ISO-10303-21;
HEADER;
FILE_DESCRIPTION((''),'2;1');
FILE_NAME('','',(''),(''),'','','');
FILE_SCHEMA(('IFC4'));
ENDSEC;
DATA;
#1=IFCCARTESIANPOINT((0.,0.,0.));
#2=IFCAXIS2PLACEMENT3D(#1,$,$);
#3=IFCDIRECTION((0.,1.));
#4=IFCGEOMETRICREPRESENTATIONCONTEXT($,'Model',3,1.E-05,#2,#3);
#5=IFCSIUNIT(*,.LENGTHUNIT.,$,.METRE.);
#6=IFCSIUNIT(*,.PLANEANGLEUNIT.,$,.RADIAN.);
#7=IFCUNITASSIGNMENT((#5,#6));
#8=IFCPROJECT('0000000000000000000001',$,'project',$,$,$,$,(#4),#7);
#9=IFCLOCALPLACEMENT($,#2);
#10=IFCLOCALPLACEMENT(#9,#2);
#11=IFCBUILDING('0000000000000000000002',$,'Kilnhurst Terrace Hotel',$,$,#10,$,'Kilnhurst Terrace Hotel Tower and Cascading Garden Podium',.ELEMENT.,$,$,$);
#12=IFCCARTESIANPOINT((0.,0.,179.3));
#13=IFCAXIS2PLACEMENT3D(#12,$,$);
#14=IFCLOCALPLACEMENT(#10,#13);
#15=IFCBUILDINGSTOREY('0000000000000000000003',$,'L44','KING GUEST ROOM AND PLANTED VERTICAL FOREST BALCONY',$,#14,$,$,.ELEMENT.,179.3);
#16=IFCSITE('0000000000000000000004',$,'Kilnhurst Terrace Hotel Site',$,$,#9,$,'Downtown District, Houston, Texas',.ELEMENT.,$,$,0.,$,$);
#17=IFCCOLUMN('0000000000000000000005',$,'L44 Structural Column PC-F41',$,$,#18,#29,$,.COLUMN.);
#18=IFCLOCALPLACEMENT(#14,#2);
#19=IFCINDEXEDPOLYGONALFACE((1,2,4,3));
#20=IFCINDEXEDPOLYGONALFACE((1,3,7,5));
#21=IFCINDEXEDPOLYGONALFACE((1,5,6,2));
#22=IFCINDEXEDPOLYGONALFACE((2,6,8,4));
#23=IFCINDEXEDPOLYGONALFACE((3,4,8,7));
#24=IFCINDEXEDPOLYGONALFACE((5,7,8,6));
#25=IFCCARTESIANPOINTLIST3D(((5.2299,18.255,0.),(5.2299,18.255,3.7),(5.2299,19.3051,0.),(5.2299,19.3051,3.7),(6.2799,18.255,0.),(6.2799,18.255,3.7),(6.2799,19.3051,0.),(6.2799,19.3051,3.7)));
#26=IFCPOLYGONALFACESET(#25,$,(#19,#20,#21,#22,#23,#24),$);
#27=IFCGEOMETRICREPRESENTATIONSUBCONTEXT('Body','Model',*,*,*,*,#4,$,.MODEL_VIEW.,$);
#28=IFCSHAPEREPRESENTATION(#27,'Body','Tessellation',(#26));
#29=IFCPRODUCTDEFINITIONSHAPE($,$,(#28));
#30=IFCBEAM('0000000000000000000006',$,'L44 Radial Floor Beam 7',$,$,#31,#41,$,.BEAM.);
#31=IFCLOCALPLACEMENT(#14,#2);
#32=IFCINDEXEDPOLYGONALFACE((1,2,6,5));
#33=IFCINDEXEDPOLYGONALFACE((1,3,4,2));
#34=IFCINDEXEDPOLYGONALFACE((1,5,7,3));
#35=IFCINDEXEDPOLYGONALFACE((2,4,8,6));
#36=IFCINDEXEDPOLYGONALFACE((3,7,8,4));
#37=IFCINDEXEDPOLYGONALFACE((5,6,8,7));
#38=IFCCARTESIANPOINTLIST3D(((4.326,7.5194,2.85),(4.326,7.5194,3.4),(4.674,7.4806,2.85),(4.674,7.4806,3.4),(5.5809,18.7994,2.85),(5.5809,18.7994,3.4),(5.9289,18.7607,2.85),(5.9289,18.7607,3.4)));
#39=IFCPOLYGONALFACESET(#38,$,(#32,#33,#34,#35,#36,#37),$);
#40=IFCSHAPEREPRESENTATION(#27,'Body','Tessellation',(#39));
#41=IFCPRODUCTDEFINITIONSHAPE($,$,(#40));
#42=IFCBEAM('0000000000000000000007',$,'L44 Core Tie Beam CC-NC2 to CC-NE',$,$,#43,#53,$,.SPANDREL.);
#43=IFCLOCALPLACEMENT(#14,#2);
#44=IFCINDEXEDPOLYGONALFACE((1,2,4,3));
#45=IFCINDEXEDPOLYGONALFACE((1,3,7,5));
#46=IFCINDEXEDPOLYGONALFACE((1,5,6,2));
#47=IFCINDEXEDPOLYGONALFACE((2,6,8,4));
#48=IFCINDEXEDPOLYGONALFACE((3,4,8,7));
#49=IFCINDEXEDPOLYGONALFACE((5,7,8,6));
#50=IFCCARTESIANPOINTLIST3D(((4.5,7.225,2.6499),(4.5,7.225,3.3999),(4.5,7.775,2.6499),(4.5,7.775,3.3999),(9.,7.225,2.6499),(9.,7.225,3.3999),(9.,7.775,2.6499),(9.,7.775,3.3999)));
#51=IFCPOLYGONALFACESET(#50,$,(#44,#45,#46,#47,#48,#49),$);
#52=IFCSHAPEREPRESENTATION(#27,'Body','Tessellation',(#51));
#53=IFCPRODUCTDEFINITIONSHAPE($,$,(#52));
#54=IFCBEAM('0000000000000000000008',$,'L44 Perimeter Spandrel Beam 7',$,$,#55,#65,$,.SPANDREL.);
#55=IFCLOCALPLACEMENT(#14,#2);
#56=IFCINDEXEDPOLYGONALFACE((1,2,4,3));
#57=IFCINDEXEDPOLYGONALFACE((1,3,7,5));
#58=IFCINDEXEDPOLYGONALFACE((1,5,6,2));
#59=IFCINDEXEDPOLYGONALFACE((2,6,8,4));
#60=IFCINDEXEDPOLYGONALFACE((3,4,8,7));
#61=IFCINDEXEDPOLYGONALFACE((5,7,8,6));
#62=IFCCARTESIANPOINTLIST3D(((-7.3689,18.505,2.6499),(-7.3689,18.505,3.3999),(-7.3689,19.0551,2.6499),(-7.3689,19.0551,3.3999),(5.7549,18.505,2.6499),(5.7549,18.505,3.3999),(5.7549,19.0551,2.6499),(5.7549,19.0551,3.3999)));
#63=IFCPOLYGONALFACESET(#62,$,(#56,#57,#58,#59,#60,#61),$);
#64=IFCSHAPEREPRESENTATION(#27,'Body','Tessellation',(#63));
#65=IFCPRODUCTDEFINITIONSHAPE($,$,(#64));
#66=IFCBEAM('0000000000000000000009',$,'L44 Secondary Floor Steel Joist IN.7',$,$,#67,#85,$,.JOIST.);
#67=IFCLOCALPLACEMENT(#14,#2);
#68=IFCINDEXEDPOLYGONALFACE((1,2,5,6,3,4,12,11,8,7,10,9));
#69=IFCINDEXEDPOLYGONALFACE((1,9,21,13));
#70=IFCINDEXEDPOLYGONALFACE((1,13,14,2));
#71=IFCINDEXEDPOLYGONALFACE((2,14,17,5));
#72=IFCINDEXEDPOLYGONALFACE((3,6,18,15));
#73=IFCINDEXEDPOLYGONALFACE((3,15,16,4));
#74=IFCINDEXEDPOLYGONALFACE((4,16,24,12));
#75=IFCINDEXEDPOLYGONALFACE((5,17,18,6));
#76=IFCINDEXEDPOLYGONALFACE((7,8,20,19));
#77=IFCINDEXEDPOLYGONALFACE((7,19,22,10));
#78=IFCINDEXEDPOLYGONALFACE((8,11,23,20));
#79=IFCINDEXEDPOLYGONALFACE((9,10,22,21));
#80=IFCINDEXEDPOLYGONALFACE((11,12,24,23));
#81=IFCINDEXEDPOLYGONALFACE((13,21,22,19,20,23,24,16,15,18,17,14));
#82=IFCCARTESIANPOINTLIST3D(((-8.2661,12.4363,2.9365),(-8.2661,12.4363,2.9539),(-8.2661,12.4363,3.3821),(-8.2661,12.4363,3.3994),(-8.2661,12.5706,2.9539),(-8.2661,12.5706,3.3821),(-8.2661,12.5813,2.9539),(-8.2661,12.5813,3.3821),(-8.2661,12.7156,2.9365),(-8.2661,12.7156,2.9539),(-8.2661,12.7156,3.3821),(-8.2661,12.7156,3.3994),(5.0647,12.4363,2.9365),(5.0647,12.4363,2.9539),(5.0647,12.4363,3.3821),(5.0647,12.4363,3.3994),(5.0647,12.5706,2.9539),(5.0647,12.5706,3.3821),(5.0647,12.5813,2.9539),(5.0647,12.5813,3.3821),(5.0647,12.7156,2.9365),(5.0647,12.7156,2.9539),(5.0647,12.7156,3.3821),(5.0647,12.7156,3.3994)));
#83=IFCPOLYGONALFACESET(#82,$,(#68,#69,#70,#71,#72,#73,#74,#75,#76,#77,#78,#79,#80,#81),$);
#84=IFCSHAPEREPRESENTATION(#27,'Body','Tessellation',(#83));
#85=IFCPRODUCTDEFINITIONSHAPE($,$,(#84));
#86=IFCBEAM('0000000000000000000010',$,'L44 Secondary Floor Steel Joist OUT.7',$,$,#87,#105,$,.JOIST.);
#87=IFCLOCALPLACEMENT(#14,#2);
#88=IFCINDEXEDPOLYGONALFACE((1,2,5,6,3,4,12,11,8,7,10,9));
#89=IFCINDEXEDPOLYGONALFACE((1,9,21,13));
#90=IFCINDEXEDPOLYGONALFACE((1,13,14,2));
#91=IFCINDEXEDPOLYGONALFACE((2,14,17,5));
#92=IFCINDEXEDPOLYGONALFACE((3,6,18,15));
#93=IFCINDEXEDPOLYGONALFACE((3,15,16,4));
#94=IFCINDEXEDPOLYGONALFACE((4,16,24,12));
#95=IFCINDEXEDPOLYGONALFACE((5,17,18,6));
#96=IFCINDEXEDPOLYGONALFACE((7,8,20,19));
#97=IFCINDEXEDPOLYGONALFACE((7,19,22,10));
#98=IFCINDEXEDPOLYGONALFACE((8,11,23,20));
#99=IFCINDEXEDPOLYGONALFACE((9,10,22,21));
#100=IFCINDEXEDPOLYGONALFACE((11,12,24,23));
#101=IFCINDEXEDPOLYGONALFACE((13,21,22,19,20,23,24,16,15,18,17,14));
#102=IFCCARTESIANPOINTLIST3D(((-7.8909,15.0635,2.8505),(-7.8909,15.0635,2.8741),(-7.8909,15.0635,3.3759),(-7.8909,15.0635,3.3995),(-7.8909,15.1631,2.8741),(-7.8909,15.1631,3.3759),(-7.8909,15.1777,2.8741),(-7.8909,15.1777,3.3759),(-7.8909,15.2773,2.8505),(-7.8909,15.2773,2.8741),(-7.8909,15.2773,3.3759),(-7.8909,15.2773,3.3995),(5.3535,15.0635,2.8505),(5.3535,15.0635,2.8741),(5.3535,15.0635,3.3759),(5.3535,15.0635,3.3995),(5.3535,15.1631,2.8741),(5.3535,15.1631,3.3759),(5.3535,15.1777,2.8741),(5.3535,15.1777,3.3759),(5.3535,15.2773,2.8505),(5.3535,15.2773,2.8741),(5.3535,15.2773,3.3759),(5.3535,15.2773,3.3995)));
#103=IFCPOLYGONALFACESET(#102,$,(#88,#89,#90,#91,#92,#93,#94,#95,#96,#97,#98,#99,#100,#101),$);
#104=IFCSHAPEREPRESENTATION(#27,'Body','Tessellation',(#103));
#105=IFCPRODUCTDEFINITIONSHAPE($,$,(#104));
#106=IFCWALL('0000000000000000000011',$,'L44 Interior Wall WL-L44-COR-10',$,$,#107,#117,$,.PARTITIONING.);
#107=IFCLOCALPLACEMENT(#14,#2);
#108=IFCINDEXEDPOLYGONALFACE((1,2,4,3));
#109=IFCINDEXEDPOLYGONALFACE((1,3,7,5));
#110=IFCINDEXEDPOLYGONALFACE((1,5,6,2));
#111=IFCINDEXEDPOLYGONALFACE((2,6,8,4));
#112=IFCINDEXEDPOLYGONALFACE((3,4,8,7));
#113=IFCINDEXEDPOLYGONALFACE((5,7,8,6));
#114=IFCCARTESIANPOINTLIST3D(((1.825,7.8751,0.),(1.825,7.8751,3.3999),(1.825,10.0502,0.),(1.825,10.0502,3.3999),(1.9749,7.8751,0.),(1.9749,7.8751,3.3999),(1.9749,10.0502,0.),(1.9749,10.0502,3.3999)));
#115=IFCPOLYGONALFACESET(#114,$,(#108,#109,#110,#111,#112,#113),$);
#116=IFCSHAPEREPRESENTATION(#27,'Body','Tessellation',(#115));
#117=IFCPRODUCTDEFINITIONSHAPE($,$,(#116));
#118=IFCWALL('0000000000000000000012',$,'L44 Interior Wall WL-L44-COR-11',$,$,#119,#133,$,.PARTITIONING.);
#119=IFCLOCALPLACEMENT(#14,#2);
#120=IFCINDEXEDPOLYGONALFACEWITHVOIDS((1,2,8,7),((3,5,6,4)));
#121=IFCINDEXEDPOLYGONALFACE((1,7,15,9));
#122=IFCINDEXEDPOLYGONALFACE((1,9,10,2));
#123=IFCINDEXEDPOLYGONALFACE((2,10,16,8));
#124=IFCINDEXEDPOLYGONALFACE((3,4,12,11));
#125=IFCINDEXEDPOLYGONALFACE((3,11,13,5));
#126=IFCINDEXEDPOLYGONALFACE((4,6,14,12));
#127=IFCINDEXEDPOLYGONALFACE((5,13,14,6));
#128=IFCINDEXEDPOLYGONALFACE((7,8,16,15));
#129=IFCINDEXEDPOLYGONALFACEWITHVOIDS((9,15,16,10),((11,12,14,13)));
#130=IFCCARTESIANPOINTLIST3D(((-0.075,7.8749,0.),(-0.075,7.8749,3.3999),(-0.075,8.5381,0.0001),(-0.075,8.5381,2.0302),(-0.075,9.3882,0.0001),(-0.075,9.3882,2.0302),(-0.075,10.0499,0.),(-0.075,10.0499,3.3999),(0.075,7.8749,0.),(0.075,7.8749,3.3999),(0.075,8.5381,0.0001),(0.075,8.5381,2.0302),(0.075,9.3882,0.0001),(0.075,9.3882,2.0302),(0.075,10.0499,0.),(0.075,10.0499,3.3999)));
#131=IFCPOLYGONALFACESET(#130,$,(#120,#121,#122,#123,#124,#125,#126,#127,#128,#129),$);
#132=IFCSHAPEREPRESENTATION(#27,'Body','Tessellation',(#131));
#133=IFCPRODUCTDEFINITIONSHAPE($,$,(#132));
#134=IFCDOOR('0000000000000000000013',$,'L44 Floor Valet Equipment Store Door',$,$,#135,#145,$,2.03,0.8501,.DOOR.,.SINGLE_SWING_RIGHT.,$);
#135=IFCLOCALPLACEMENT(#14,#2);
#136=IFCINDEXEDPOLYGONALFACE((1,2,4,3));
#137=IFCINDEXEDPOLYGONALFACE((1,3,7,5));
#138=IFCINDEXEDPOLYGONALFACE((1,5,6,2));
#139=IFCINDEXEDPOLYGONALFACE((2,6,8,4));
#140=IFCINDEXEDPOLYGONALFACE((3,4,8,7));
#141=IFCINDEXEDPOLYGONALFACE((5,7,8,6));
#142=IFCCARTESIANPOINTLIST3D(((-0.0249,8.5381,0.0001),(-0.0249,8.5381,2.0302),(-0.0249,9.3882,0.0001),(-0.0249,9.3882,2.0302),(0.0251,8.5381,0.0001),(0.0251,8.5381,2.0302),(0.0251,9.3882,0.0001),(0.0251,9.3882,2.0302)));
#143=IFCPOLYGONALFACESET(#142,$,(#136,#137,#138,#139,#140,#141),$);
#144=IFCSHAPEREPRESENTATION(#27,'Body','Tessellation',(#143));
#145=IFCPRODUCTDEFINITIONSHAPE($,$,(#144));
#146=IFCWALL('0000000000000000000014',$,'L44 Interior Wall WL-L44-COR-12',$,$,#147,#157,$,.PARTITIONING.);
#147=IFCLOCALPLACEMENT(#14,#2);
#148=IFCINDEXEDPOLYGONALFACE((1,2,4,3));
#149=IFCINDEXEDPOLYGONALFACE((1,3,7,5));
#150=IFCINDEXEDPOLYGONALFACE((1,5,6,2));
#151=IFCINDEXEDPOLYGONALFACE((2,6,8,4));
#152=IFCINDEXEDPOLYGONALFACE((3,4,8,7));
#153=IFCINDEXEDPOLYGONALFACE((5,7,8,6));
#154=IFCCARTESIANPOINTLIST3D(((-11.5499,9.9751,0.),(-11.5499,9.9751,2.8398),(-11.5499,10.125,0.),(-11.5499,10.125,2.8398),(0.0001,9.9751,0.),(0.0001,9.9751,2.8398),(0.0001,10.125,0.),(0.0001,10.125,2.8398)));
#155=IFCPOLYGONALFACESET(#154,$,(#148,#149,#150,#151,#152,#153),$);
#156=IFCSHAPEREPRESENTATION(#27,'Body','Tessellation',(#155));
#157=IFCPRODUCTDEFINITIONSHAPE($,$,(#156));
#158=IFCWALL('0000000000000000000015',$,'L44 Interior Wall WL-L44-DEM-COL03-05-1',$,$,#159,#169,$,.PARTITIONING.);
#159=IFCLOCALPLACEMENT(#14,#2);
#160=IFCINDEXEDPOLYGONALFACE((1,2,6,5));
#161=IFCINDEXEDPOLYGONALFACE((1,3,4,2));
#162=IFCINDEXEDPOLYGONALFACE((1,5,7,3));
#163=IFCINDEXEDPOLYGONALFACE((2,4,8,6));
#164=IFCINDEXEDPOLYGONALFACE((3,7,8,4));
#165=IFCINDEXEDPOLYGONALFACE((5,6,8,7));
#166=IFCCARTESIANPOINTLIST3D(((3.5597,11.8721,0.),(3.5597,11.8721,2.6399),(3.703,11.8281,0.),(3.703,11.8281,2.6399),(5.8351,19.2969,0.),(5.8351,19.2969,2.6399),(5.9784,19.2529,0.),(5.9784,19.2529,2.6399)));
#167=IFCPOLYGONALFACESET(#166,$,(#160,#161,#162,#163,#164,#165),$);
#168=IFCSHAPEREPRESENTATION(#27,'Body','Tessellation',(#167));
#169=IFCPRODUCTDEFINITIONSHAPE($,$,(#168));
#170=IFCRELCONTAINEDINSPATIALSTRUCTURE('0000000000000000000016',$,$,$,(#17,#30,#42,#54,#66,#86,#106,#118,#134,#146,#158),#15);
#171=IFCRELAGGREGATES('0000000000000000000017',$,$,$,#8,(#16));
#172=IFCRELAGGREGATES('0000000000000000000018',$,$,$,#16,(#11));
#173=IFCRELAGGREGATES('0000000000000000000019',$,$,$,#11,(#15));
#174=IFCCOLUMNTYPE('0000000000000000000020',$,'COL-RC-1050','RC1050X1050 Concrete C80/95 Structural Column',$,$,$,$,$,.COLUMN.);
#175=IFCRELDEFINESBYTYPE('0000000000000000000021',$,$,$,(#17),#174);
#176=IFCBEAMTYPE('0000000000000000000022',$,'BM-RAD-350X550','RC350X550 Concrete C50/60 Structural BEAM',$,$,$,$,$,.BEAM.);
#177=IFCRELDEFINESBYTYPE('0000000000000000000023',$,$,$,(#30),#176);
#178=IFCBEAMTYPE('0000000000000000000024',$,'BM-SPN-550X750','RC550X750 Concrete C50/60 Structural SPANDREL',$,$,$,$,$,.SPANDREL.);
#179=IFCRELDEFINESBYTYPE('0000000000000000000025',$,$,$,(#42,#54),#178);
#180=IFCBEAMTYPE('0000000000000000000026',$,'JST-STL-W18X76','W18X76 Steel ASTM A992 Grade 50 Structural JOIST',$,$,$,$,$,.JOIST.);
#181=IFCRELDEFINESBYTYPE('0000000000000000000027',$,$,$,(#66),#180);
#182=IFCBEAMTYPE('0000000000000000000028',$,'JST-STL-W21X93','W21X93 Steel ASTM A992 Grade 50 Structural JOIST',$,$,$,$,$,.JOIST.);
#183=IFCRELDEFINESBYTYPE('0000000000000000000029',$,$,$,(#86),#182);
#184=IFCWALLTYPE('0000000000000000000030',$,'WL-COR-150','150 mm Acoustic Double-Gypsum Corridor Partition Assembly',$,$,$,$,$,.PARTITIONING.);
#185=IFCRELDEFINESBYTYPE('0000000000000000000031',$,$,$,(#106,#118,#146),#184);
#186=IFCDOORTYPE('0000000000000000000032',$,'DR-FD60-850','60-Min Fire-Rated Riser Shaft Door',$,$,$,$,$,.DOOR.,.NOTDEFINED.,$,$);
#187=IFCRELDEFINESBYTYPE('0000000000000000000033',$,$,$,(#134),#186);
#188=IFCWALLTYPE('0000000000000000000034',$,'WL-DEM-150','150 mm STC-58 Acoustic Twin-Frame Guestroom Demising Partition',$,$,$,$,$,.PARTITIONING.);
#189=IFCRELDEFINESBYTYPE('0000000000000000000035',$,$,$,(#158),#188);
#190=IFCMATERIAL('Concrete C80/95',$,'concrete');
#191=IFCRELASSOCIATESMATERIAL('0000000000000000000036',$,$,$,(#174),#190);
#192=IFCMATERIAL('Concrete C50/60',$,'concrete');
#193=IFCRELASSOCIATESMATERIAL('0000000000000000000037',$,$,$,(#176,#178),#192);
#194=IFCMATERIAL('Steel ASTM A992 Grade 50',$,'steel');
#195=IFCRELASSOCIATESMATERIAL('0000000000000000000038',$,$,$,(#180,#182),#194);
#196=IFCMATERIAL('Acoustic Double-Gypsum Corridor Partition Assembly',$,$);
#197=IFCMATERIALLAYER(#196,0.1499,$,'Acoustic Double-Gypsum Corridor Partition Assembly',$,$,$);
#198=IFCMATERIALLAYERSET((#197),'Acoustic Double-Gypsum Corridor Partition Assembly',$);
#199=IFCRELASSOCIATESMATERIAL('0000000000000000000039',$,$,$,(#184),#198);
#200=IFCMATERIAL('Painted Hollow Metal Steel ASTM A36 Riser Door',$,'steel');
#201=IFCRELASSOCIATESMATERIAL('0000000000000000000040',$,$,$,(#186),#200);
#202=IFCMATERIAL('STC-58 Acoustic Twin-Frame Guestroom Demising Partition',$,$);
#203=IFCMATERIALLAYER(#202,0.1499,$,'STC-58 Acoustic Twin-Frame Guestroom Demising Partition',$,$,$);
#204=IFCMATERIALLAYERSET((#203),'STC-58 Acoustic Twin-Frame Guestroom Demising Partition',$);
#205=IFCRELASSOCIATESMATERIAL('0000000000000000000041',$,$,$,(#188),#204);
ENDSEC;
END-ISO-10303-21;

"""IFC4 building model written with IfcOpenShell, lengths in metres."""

from ifc_helpers import new_model, si_unit, direction, frame, frame_2d, origin, origin_2d, place, context, subcontext, project, spatial, rectangle, i_section, extrude, material, layer, layer_set, material_profile, profile_set, type_object, element, fill, save


model = new_model("IFC4")

# Units and contexts
model_context = context("Model", 3, precision=1e-05, world=origin(), true_north=direction((0.0, 1.0)))
body_context = subcontext(model_context, "Body", "Model", "MODEL_VIEW")
ifc_project = project(units=[si_unit("LENGTHUNIT", "METRE"), si_unit("PLANEANGLEUNIT", "RADIAN")], contexts=[model_context])

# Site, building, storey
site_placement = place(None, origin())
site = spatial("IfcSite", under=ifc_project, at=site_placement, Name="Kilnhurst Terrace Hotel Site", LongName="Downtown District, Houston, Texas", CompositionType="ELEMENT", RefElevation=0.0)
building_placement = place(site_placement, origin())
building = spatial("IfcBuilding", under=site, at=building_placement, Name="Kilnhurst Terrace Hotel", LongName="Kilnhurst Terrace Hotel Tower and Cascading Garden Podium", CompositionType="ELEMENT")
storey_placement = place(building_placement, frame((0.0, 0.0, 179.3)))
storey = spatial("IfcBuildingStorey", under=building, at=storey_placement, Name="L44", Description="KING GUEST ROOM AND PLANTED VERTICAL FOREST BALCONY", CompositionType="ELEMENT", Elevation=179.3)

# Column
ifc_material_1 = material(Name="Concrete C80/95", Category="concrete")
ifc_material_profile_1 = material_profile(ifc_material_1, rectangle(XDim=1.05, YDim=1.05, at=origin_2d()), Name="RC1050X1050")
ifc_profile_set_1 = profile_set([ifc_material_profile_1], Name="Concrete C80/95")
column_type = type_object("IfcColumnType", Name="COL-RC-1050", Description="RC1050X1050 Concrete C80/95 Structural Column", PredefinedType="COLUMN", material=ifc_profile_set_1)
column_placement = place(storey_placement, frame((5.7549, 18.78, 0.0), z_axis=(0.0, 0.0, 1.0), x_axis=(1.0, 0.0, 0.0)))
element("IfcColumn", 1, at=column_placement, inside=storey, type_object=column_type, Name="L44 Structural Column PC-F41", PredefinedType="COLUMN", context=body_context, shape_type="SweptSolid", body=[
    extrude(rectangle(XDim=1.05, YDim=1.05, at=origin_2d()), origin(), (0.0, 0.0, 1.0), 3.7),
])

# Beams
ifc_material_2 = material(Name="Concrete C50/60", Category="concrete")
ifc_material_profile_2 = material_profile(ifc_material_2, rectangle(XDim=0.3501, YDim=0.55, at=origin_2d()), Name="RC350X550")
ifc_profile_set_2 = profile_set([ifc_material_profile_2], Name="Concrete C50/60")
beam_type_1 = type_object("IfcBeamType", Name="BM-RAD-350X550", Description="RC350X550 Concrete C50/60 Structural BEAM", PredefinedType="BEAM", material=ifc_profile_set_2)
beam_1_placement = place(storey_placement, frame((4.5, 7.5, 3.125), z_axis=(0.110566, 0.993869, 0.0), x_axis=(-0.993869, 0.110566, 0.0)))
element("IfcBeam", 2, at=beam_1_placement, inside=storey, type_object=beam_type_1, Name="L44 Radial Floor Beam 7", PredefinedType="BEAM", context=body_context, shape_type="SweptSolid", body=[
    extrude(rectangle(XDim=0.3501, YDim=0.55, at=origin_2d()), origin(), (0.0, 0.0, 1.0), 11.3496),
])
ifc_material_profile_3 = material_profile(ifc_material_2, rectangle(XDim=0.55, YDim=0.75, at=origin_2d()), Name="RC550X750")
ifc_profile_set_3 = profile_set([ifc_material_profile_3], Name="Concrete C50/60")
beam_type_2 = type_object("IfcBeamType", Name="BM-SPN-550X750", Description="RC550X750 Concrete C50/60 Structural SPANDREL", PredefinedType="SPANDREL", material=ifc_profile_set_3)
beam_2_placement = place(storey_placement, frame((4.5, 7.5, 3.0249), z_axis=(1.0, 0.0, 0.0), x_axis=(0.0, 1.0, 0.0)))
element("IfcBeam", 3, at=beam_2_placement, inside=storey, type_object=beam_type_2, Name="L44 Core Tie Beam CC-NC2 to CC-NE", PredefinedType="SPANDREL", context=body_context, shape_type="SweptSolid", body=[
    extrude(rectangle(XDim=0.55, YDim=0.75, at=origin_2d()), origin(), (0.0, 0.0, 1.0), 4.5),
])
beam_3_placement = place(storey_placement, frame((5.7549, 18.78, 3.0249), z_axis=(-1.0, 0.0, 0.0), x_axis=(0.0, -1.0, 0.0)))
element("IfcBeam", 4, at=beam_3_placement, inside=storey, type_object=beam_type_2, Name="L44 Perimeter Spandrel Beam 7", PredefinedType="SPANDREL", context=body_context, shape_type="SweptSolid", body=[
    extrude(rectangle(XDim=0.55, YDim=0.75, at=origin_2d()), origin(), (0.0, 0.0, 1.0), 13.1238),
])
ifc_material_3 = material(Name="Steel ASTM A992 Grade 50", Category="steel")
ifc_material_profile_4 = material_profile(ifc_material_3, i_section(OverallWidth=0.2793, OverallDepth=0.4629, WebThickness=0.0107, FlangeThickness=0.0173, at=origin_2d()), Name="W18X76")
ifc_profile_set_4 = profile_set([ifc_material_profile_4], Name="Steel ASTM A992 Grade 50")
beam_type_3 = type_object("IfcBeamType", Name="JST-STL-W18X76", Description="W18X76 Steel ASTM A992 Grade 50 Structural JOIST", PredefinedType="JOIST", material=ifc_profile_set_4)
beam_4_placement = place(storey_placement, frame((5.0647, 12.5759, 3.168), z_axis=(-1.0, 0.0, 0.0), x_axis=(0.0, -1.0, 0.0)))
element("IfcBeam", 5, at=beam_4_placement, inside=storey, type_object=beam_type_3, Name="L44 Secondary Floor Steel Joist IN.7", PredefinedType="JOIST", context=body_context, shape_type="SweptSolid", body=[
    extrude(i_section(OverallWidth=0.2793, OverallDepth=0.4629, WebThickness=0.0107, FlangeThickness=0.0173, at=origin_2d()), origin(), (0.0, 0.0, 1.0), 13.3308),
])
ifc_material_profile_5 = material_profile(ifc_material_3, i_section(OverallWidth=0.2139, OverallDepth=0.5491, WebThickness=0.0146, FlangeThickness=0.0237, at=origin_2d()), Name="W21X93")
ifc_profile_set_5 = profile_set([ifc_material_profile_5], Name="Steel ASTM A992 Grade 50")
beam_type_4 = type_object("IfcBeamType", Name="JST-STL-W21X93", Description="W21X93 Steel ASTM A992 Grade 50 Structural JOIST", PredefinedType="JOIST", material=ifc_profile_set_5)
beam_5_placement = place(storey_placement, frame((5.3535, 15.1704, 3.125), z_axis=(-1.0, 0.0, 0.0), x_axis=(0.0, -1.0, 0.0)))
element("IfcBeam", 6, at=beam_5_placement, inside=storey, type_object=beam_type_4, Name="L44 Secondary Floor Steel Joist OUT.7", PredefinedType="JOIST", context=body_context, shape_type="SweptSolid", body=[
    extrude(i_section(OverallWidth=0.2139, OverallDepth=0.5491, WebThickness=0.0146, FlangeThickness=0.0237, at=origin_2d()), origin(), (0.0, 0.0, 1.0), 13.2444),
])

# Wall
ifc_material_4 = material(Name="Acoustic Double-Gypsum Corridor Partition Assembly")
ifc_layer_1 = layer(ifc_material_4, 0.1499, Name="Acoustic Double-Gypsum Corridor Partition Assembly")
ifc_layer_set_1 = layer_set([ifc_layer_1], Name="Acoustic Double-Gypsum Corridor Partition Assembly")
wall_type_1 = type_object("IfcWallType", Name="WL-COR-150", Description="150 mm Acoustic Double-Gypsum Corridor Partition Assembly", PredefinedType="PARTITIONING", material=ifc_layer_set_1)
wall_1_placement = place(storey_placement, frame((1.8999, 10.05, 0.0), z_axis=(0.0, 0.0, 1.0), x_axis=(0.0, -1.0, 0.0)))
element("IfcWall", 7, at=wall_1_placement, inside=storey, type_object=wall_type_1, Name="L44 Interior Wall WL-L44-COR-10", PredefinedType="PARTITIONING", context=body_context, shape_type="SweptSolid", body=[
    extrude(rectangle(XDim=2.175, YDim=0.1499, at=frame_2d((1.0874, 0.0))), origin(), (0.0, 0.0, 1.0), 3.3999),
])

# Wall, opening, door
wall_2_placement = place(storey_placement, frame((0.0, 7.875, 0.0), z_axis=(0.0, 0.0, 1.0), x_axis=(0.0, 1.0, 0.0)))
wall_2 = element("IfcWall", 8, at=wall_2_placement, inside=storey, type_object=wall_type_1, Name="L44 Interior Wall WL-L44-COR-11", PredefinedType="PARTITIONING", context=body_context, shape_type="SweptSolid", body=[
    extrude(rectangle(XDim=2.175, YDim=0.1499, at=frame_2d((1.0874, 0.0))), origin(), (0.0, 0.0, 1.0), 3.3999),
])
opening_1_placement = place(wall_2_placement, frame((0.6631, 0.0, 0.0)))
opening_1 = element("IfcOpeningElement", 9, at=opening_1_placement, cuts=wall_2, PredefinedType="OPENING", context=body_context, shape_type="SweptSolid", body=[
    extrude(rectangle(XDim=0.8501, YDim=2.03, at=frame_2d((0.425, 1.0151))), frame((0.0, 0.085, 0.0), z_axis=(0.0, -1.0, 0.0), x_axis=(1.0, 0.0, 0.0)), (0.0, 0.0, 1.0), 0.1699),
])
ifc_material_5 = material(Name="Painted Hollow Metal Steel ASTM A36 Riser Door", Category="steel")
door_type_1 = type_object("IfcDoorType", Name="DR-FD60-850", Description="60-Min Fire-Rated Riser Shaft Door", OperationType="NOTDEFINED", PredefinedType="DOOR", material=ifc_material_5)
door_1_placement = place(opening_1_placement, origin())
door_1 = element("IfcDoor", 10, at=door_1_placement, inside=storey, type_object=door_type_1, Name="L44 Floor Valet Equipment Store Door", OperationType="SINGLE_SWING_RIGHT", OverallHeight=2.03, OverallWidth=0.8501, PredefinedType="DOOR", context=body_context, shape_type="SweptSolid", body=[
    extrude(rectangle(XDim=0.8501, YDim=2.03, at=frame_2d((0.425, 1.0151))), frame((0.0, 0.0249, 0.0), z_axis=(0.0, -1.0, 0.0), x_axis=(1.0, 0.0, 0.0)), (0.0, 0.0, 1.0), 0.05),
])
fill(opening_1, door_1)

# Walls
wall_3_placement = place(storey_placement, frame((0.0, 10.05, 0.0), z_axis=(0.0, 0.0, 1.0), x_axis=(-1.0, 0.0, 0.0)))
element("IfcWall", 11, at=wall_3_placement, inside=storey, type_object=wall_type_1, Name="L44 Interior Wall WL-L44-COR-12", PredefinedType="PARTITIONING", context=body_context, shape_type="SweptSolid", body=[
    extrude(rectangle(XDim=11.55, YDim=0.1499, at=frame_2d((5.7749, 0.0))), origin(), (0.0, 0.0, 1.0), 2.8398),
])
ifc_material_6 = material(Name="STC-58 Acoustic Twin-Frame Guestroom Demising Partition")
ifc_layer_2 = layer(ifc_material_6, 0.1499, Name="STC-58 Acoustic Twin-Frame Guestroom Demising Partition")
ifc_layer_set_2 = layer_set([ifc_layer_2], Name="STC-58 Acoustic Twin-Frame Guestroom Demising Partition")
wall_type_2 = type_object("IfcWallType", Name="WL-DEM-150", Description="150 mm STC-58 Acoustic Twin-Frame Guestroom Demising Partition", PredefinedType="PARTITIONING", material=ifc_layer_set_2)
wall_4_placement = place(storey_placement, frame((3.6313, 11.8501, 0.0), z_axis=(0.0, 0.0, 1.0), x_axis=(0.293008, 0.95611, 0.0)))
element("IfcWall", 12, at=wall_4_placement, inside=storey, type_object=wall_type_2, Name="L44 Interior Wall WL-L44-DEM-COL03-05-1", PredefinedType="PARTITIONING", context=body_context, shape_type="SweptSolid", body=[
    extrude(rectangle(XDim=7.7656, YDim=0.1499, at=frame_2d((3.8828, 0.0))), origin(), (0.0, 0.0, 1.0), 2.6399),
])

save(model, "model.ifc")
